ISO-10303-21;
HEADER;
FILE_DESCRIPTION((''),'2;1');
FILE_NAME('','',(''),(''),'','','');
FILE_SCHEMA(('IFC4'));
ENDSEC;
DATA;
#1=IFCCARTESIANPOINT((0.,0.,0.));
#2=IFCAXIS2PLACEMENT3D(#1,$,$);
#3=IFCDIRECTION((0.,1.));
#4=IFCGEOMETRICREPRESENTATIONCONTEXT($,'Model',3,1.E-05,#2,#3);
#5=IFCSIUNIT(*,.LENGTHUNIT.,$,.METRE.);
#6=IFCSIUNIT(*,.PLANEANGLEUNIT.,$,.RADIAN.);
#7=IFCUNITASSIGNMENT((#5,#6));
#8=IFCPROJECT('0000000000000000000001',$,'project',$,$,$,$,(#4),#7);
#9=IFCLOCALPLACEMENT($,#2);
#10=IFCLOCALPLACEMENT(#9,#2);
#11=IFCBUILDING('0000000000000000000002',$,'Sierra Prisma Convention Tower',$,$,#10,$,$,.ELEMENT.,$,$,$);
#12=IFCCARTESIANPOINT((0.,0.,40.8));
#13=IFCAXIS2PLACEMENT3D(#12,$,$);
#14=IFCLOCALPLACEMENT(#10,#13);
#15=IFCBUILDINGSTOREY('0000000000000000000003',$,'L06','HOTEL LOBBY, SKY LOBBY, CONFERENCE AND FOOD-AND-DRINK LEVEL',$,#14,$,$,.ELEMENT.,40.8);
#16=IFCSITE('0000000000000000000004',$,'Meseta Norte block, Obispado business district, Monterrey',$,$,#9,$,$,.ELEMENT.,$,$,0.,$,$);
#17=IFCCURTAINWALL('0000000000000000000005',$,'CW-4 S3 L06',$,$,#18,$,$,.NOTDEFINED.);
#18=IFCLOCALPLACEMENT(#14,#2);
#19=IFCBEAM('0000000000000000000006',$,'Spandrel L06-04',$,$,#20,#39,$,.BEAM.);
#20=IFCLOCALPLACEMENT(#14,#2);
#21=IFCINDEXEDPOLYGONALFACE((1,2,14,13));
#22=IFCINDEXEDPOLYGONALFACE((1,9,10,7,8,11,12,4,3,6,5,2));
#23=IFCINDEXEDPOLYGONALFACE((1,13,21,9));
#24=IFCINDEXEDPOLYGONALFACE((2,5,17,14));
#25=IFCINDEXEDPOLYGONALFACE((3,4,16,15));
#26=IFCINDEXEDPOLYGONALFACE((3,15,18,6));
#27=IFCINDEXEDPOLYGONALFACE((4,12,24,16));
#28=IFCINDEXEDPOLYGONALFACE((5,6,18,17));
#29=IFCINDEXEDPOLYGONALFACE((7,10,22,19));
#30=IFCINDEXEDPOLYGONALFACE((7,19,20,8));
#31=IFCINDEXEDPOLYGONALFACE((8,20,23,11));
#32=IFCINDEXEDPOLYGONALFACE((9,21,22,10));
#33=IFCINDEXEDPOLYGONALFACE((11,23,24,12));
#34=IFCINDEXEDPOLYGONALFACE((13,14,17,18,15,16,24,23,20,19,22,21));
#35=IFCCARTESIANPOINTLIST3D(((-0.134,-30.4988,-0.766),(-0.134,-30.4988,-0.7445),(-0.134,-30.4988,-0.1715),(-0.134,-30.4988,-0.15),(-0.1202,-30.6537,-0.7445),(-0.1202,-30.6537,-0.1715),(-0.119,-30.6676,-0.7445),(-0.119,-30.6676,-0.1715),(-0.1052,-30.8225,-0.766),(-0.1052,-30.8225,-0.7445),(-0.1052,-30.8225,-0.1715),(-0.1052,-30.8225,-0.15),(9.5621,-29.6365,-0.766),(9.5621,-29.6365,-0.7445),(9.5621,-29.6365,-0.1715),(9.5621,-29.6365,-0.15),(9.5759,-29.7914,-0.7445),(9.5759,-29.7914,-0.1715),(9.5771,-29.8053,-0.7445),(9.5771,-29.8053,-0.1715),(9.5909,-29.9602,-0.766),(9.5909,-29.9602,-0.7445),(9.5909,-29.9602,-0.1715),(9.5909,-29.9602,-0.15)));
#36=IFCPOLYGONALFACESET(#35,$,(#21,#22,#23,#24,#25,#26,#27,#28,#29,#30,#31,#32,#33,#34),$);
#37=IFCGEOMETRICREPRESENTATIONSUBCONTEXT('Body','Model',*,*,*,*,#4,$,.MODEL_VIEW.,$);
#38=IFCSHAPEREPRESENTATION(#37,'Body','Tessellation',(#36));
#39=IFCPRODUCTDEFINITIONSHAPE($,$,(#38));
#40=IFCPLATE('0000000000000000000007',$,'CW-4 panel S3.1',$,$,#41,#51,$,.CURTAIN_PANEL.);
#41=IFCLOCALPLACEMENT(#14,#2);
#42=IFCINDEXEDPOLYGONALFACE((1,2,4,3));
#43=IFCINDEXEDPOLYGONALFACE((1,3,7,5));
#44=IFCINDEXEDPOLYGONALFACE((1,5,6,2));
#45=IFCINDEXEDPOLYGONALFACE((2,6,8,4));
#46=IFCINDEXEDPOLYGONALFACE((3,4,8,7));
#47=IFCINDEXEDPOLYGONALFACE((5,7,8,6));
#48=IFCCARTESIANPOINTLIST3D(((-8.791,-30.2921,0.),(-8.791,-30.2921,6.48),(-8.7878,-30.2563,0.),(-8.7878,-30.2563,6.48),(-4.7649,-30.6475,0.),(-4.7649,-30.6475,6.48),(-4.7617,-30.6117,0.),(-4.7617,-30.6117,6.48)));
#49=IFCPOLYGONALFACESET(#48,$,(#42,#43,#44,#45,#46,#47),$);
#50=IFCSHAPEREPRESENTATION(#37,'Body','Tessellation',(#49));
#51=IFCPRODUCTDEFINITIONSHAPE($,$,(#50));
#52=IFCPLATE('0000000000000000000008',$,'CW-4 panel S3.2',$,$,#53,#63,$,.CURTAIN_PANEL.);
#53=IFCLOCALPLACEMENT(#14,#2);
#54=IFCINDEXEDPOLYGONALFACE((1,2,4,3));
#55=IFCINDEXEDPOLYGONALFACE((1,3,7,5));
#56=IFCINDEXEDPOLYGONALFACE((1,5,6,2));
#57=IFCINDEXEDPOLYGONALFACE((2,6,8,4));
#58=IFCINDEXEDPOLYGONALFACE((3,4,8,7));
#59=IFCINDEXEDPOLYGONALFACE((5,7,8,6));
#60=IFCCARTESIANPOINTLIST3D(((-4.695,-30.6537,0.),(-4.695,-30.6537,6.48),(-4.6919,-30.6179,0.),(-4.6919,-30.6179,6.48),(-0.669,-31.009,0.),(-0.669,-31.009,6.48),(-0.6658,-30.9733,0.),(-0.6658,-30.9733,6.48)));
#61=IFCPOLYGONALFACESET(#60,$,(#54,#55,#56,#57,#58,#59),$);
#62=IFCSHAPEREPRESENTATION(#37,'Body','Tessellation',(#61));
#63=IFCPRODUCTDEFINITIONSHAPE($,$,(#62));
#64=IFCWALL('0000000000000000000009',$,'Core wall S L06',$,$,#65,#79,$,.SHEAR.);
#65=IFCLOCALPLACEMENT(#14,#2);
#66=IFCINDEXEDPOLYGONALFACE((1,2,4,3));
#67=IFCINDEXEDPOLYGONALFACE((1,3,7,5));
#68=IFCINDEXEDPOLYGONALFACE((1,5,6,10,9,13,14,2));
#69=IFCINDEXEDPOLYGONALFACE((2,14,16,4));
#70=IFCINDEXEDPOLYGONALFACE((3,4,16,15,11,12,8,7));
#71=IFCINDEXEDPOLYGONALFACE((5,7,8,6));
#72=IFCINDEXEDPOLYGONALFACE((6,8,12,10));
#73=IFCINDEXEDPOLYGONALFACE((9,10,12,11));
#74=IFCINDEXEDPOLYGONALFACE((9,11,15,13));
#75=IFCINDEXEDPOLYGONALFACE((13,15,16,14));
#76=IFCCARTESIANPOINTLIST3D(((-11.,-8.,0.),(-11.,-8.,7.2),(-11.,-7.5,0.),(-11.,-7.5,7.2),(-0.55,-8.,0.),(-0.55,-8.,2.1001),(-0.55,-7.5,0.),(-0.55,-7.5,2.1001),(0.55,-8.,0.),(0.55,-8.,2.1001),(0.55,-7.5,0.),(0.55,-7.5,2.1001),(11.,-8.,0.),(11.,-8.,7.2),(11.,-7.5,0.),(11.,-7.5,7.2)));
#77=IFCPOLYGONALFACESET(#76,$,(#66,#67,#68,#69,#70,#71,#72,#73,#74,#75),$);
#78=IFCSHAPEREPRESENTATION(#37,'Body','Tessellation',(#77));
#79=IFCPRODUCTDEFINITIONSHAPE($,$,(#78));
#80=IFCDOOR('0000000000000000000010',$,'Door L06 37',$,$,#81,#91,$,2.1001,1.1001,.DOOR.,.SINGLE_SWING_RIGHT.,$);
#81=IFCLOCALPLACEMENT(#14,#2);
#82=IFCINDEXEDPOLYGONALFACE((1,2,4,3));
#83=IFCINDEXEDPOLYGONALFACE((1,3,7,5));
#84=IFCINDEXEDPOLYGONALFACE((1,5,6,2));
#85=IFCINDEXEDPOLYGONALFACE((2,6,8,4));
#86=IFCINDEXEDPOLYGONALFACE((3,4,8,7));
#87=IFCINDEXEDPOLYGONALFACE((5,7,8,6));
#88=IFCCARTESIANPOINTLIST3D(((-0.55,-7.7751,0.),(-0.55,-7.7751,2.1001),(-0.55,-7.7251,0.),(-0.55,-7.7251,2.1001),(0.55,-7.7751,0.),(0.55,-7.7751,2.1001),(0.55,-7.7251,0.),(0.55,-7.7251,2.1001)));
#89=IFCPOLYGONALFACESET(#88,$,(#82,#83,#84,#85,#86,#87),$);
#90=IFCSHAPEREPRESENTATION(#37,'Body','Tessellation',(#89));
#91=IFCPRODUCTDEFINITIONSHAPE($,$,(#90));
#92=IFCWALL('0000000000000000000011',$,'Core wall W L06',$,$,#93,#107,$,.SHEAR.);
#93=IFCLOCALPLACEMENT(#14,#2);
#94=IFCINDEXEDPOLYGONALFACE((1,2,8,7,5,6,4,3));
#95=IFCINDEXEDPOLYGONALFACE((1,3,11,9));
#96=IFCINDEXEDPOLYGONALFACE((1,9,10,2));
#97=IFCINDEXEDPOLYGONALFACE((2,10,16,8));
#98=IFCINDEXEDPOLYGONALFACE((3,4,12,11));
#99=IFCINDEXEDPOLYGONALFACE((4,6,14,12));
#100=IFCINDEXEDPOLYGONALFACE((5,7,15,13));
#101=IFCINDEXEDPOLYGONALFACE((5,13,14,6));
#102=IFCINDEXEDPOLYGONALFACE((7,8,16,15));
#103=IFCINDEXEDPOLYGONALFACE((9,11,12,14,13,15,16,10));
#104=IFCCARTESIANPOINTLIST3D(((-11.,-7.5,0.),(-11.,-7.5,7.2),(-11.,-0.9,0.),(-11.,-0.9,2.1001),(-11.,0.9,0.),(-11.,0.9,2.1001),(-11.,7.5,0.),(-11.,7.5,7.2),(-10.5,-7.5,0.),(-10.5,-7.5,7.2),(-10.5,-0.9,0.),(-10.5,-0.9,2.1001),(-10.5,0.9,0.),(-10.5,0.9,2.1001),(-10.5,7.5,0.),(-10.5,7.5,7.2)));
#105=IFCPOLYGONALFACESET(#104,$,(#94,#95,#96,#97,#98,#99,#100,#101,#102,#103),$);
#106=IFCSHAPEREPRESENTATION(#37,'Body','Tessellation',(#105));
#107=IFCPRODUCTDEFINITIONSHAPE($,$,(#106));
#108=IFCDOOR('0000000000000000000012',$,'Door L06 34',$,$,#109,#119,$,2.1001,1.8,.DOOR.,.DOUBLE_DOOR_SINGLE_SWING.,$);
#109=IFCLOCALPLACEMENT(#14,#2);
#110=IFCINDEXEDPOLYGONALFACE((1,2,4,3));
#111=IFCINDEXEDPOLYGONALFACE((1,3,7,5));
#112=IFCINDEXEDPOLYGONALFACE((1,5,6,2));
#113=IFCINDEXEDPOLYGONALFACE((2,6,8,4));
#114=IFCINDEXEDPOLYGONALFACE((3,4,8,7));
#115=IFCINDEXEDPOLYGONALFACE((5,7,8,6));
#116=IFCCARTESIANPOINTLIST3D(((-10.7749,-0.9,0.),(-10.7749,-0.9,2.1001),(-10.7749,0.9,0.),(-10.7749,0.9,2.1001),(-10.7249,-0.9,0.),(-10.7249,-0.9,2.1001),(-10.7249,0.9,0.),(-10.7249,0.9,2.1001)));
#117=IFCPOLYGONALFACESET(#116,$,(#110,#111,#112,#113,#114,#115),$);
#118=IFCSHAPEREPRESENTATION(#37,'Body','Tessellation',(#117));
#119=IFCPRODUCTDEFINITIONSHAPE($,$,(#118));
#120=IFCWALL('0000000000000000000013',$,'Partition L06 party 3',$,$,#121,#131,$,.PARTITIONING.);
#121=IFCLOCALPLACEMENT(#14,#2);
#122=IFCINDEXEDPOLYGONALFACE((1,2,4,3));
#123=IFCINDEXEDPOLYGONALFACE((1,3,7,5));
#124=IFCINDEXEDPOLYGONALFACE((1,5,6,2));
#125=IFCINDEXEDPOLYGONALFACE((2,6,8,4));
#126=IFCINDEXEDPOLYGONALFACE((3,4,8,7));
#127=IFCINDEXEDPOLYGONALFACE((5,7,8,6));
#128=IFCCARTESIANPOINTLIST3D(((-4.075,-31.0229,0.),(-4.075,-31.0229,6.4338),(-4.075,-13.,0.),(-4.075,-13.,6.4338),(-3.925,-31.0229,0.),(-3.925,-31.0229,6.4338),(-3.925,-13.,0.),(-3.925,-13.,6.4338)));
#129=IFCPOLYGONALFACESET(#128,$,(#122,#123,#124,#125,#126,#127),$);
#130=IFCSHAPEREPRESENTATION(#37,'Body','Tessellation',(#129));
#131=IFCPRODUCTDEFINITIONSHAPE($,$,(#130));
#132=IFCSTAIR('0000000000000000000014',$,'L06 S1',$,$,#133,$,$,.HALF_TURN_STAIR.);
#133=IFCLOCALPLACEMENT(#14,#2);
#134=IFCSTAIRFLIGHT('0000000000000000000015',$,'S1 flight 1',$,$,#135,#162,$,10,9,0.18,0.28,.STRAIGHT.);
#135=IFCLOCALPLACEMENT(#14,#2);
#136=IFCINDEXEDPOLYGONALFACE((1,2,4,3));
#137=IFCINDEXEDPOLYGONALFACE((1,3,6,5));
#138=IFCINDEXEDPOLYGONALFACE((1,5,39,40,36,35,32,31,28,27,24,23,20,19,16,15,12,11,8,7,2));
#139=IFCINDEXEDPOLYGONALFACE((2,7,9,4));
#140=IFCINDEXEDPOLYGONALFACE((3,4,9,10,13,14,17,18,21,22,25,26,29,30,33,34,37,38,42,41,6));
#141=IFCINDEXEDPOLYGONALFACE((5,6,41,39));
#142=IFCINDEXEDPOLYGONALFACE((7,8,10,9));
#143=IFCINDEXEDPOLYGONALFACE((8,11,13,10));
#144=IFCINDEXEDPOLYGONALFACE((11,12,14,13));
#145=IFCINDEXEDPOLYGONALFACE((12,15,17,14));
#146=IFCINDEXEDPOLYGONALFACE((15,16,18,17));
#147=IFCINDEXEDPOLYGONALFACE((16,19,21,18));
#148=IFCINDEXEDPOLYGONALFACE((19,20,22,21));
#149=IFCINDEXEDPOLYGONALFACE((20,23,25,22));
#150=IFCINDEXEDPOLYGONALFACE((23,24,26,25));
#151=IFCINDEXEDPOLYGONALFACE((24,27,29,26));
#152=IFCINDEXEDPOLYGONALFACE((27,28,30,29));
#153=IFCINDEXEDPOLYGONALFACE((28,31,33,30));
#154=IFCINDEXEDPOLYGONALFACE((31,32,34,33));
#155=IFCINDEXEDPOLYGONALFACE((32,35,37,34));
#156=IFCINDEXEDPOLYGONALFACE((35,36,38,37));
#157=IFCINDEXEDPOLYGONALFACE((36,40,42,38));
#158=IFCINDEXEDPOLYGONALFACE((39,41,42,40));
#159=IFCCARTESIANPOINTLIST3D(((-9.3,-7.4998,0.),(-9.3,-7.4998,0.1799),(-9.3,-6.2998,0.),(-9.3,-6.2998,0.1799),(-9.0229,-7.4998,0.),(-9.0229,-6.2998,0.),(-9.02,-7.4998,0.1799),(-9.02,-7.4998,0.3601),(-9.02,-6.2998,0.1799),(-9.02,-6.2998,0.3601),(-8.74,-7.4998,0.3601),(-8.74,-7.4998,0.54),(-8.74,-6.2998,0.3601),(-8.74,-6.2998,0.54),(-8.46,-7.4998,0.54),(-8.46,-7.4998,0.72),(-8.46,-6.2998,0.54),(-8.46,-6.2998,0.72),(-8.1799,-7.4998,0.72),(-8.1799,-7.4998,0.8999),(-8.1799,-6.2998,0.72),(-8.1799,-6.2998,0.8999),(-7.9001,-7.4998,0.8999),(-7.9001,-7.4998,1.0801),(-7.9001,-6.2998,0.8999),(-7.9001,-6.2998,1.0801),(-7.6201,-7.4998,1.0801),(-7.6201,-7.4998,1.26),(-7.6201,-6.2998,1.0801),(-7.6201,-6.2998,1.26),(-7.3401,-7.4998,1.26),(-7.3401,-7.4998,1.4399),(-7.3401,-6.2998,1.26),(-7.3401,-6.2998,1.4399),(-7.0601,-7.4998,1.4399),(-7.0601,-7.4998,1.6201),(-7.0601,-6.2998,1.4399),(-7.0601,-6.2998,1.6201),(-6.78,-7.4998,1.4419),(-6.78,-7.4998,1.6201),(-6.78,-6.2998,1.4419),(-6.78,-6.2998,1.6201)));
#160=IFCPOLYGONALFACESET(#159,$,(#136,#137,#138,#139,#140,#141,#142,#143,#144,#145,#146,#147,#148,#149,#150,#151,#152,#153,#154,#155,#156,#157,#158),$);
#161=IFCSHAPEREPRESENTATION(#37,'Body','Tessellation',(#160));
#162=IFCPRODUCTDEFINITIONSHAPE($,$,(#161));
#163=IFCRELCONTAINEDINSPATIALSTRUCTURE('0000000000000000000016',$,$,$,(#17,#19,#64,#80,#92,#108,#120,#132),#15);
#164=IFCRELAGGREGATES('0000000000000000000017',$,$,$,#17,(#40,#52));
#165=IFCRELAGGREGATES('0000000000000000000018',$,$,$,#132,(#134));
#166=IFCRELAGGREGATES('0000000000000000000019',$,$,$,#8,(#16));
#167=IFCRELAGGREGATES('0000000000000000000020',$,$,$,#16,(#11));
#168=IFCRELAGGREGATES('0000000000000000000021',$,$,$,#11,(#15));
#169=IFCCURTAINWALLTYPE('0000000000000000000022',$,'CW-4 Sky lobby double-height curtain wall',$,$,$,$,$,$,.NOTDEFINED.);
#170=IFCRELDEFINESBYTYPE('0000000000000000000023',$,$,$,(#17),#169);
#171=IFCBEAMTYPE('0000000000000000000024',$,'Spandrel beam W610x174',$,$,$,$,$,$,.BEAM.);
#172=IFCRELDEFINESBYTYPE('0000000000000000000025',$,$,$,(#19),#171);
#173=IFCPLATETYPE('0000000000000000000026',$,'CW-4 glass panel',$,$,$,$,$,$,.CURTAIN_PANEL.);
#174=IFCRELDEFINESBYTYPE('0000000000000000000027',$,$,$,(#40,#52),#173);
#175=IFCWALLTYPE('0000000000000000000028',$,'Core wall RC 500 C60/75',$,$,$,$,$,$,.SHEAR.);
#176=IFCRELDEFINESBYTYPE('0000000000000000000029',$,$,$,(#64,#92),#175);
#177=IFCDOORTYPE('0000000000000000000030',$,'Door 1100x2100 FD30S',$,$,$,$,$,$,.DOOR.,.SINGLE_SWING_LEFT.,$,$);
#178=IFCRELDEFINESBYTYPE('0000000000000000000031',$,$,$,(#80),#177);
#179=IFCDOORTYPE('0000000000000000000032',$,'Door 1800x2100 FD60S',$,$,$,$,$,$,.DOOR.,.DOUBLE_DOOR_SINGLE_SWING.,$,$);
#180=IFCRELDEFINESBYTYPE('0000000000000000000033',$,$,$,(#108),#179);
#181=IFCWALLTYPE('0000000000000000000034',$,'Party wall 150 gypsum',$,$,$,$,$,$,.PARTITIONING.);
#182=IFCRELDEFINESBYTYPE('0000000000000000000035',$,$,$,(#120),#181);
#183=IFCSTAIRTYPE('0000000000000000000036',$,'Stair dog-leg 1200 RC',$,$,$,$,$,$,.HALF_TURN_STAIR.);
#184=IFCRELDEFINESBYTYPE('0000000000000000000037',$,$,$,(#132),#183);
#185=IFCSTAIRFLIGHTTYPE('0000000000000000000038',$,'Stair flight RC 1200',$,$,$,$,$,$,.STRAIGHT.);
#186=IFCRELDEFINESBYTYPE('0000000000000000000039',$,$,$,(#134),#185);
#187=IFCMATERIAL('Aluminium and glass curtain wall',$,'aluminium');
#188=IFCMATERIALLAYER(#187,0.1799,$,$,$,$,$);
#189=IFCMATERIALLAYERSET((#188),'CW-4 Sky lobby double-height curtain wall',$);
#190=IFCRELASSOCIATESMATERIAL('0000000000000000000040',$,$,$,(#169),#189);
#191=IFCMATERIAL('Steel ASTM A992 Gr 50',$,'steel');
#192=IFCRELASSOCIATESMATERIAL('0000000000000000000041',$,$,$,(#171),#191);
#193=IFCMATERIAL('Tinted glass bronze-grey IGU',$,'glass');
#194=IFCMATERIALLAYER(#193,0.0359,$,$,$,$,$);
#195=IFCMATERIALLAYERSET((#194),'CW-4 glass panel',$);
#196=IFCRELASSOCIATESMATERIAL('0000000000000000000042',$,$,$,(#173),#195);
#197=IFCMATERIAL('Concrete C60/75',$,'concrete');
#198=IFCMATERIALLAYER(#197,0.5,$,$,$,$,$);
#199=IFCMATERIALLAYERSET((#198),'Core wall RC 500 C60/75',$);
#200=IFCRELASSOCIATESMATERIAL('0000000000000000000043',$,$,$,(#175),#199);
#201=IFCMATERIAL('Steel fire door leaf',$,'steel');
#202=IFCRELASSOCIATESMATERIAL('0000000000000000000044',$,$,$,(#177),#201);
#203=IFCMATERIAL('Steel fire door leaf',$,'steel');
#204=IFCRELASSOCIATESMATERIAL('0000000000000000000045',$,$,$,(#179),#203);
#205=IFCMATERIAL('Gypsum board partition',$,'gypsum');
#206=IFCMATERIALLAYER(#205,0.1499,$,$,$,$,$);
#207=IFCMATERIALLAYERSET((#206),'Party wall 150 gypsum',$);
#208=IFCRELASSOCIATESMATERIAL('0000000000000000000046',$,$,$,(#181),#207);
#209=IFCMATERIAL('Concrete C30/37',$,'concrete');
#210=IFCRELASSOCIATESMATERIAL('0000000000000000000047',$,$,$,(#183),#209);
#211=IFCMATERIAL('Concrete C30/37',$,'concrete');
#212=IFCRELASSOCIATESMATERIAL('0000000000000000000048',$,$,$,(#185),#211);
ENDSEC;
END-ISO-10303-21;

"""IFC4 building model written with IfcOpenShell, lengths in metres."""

from ifc_helpers import new_model, si_unit, direction, frame, frame_2d, origin, origin_2d, place, context, subcontext, project, spatial, polyline, rectangle, i_section, outline, extrude, material, layer, layer_set, material_profile, profile_set, type_object, element, fill, aggregate, save


model = new_model("IFC4")

# Units and contexts
model_context = context("Model", 3, precision=1e-05, world=origin(), true_north=direction((0.0, 1.0)))
body_context = subcontext(model_context, "Body", "Model", "MODEL_VIEW")
ifc_project = project(units=[si_unit("LENGTHUNIT", "METRE"), si_unit("PLANEANGLEUNIT", "RADIAN")], contexts=[model_context])

# Site, building, storey
site_placement = place(None, origin())
site = spatial("IfcSite", under=ifc_project, at=site_placement, Name="Meseta Norte block, Obispado business district, Monterrey", CompositionType="ELEMENT", RefElevation=0.0)
building_placement = place(site_placement, origin())
building = spatial("IfcBuilding", under=site, at=building_placement, Name="Sierra Prisma Convention Tower", CompositionType="ELEMENT")
storey_placement = place(building_placement, frame((0.0, 0.0, 40.8)))
storey = spatial("IfcBuildingStorey", under=building, at=storey_placement, Name="L06", Description="HOTEL LOBBY, SKY LOBBY, CONFERENCE AND FOOD-AND-DRINK LEVEL", CompositionType="ELEMENT", Elevation=40.8)

# Shared definitions
ifc_material_1 = material(Name="Aluminium and glass curtain wall", Category="aluminium")
ifc_layer_1 = layer(ifc_material_1, 0.1799)
ifc_layer_set_1 = layer_set([ifc_layer_1], Name="CW-4 Sky lobby double-height curtain wall")
curtain_wall_type = type_object("IfcCurtainWallType", Name="CW-4 Sky lobby double-height curtain wall", PredefinedType="NOTDEFINED", material=ifc_layer_set_1)

# Curtain wall
curtain_wall_1_placement = place(storey_placement, origin())
curtain_wall_1 = element("IfcCurtainWall", 1, at=curtain_wall_1_placement, inside=storey, type_object=curtain_wall_type, Name="CW-4 S3 L06", PredefinedType="NOTDEFINED")

# Beam
ifc_material_2 = material(Name="Steel ASTM A992 Gr 50", Category="steel")
ifc_material_profile_1 = material_profile(ifc_material_2, i_section(OverallWidth=0.325, OverallDepth=0.616, WebThickness=0.0139, FlangeThickness=0.0215, at=origin_2d()), Name="W610x174")
ifc_profile_set_1 = profile_set([ifc_material_profile_1], Name="Steel ASTM A992 Gr 50")
beam_type_1 = type_object("IfcBeamType", Name="Spandrel beam W610x174", PredefinedType="BEAM", material=ifc_profile_set_1)
for number, where, z_axis, x_axis, name in (
    (2, (-0.1196, -30.6606, -0.458), (0.996069, 0.088584, 0.0), (-0.088584, 0.996069, 0.0), "Spandrel L06-04"),
):
    element("IfcBeam", number, at=place(storey_placement, frame(where, z_axis=z_axis, x_axis=x_axis)), inside=storey, type_object=beam_type_1, Name=name, PredefinedType="BEAM", context=body_context, shape_type="SweptSolid", body=[
        extrude(i_section(OverallWidth=0.325, OverallDepth=0.616, WebThickness=0.0139, FlangeThickness=0.0215, at=origin_2d()), origin(), (0.0, 0.0, 1.0), 9.7344),
    ])

# Plates
ifc_material_3 = material(Name="Tinted glass bronze-grey IGU", Category="glass")
ifc_layer_2 = layer(ifc_material_3, 0.0359)
ifc_layer_set_2 = layer_set([ifc_layer_2], Name="CW-4 glass panel")
plate_type = type_object("IfcPlateType", Name="CW-4 glass panel", PredefinedType="CURTAIN_PANEL", material=ifc_layer_set_2)
plate_1_placement = place(storey_placement, frame((-6.7764, -30.4519, 0.0), z_axis=(0.0, 0.0, 1.0), x_axis=(0.996127, -0.087926, 0.0)))
plate_1 = element("IfcPlate", 3, at=plate_1_placement, type_object=plate_type, Name="CW-4 panel S3.1", PredefinedType="CURTAIN_PANEL", context=body_context, shape_type="SweptSolid", body=[
    extrude(rectangle(XDim=4.0417, YDim=0.0359, at=origin_2d()), origin(), (0.0, 0.0, 1.0), 6.48),
])
plate_2_placement = place(storey_placement, frame((-2.6804, -30.8135, 0.0), z_axis=(0.0, 0.0, 1.0), x_axis=(0.996127, -0.087926, 0.0)))
plate_2 = element("IfcPlate", 4, at=plate_2_placement, type_object=plate_type, Name="CW-4 panel S3.2", PredefinedType="CURTAIN_PANEL", context=body_context, shape_type="SweptSolid", body=[
    extrude(rectangle(XDim=4.0417, YDim=0.0359, at=origin_2d()), origin(), (0.0, 0.0, 1.0), 6.48),
])
aggregate(curtain_wall_1, [plate_1, plate_2])

# Walls, openings, doors
ifc_material_4 = material(Name="Concrete C60/75", Category="concrete")
ifc_layer_3 = layer(ifc_material_4, 0.5)
ifc_layer_set_3 = layer_set([ifc_layer_3], Name="Core wall RC 500 C60/75")
wall_type_1 = type_object("IfcWallType", Name="Core wall RC 500 C60/75", PredefinedType="SHEAR", material=ifc_layer_set_3)
wall_1_placement = place(storey_placement, frame((-11.0, -7.75, 0.0), z_axis=(0.0, 0.0, 1.0), x_axis=(1.0, 0.0, 0.0)))
wall_1 = element("IfcWall", 5, at=wall_1_placement, inside=storey, type_object=wall_type_1, Name="Core wall S L06", PredefinedType="SHEAR", context=body_context, shape_type="SweptSolid", body=[
    extrude(rectangle(XDim=22.0, YDim=0.5, at=frame_2d((11.0, 0.0))), origin(), (0.0, 0.0, 1.0), 7.2),
])
opening_1_placement = place(wall_1_placement, frame((10.45, 0.0, 0.0)))
opening_1 = element("IfcOpeningElement", 6, at=opening_1_placement, cuts=wall_1, PredefinedType="OPENING", context=body_context, shape_type="SweptSolid", body=[
    extrude(rectangle(XDim=1.1001, YDim=2.1001, at=frame_2d((0.55, 1.05))), frame((0.0, 0.25, 0.0), z_axis=(0.0, -1.0, 0.0), x_axis=(1.0, 0.0, 0.0)), (0.0, 0.0, 1.0), 0.5),
])
ifc_material_5 = material(Name="Steel fire door leaf", Category="steel")
door_type_1 = type_object("IfcDoorType", Name="Door 1100x2100 FD30S", OperationType="SINGLE_SWING_LEFT", PredefinedType="DOOR", material=ifc_material_5)
door_1_placement = place(opening_1_placement, origin())
door_1 = element("IfcDoor", 7, at=door_1_placement, inside=storey, type_object=door_type_1, Name="Door L06 37", OperationType="SINGLE_SWING_RIGHT", OverallHeight=2.1001, OverallWidth=1.1001, PredefinedType="DOOR", context=body_context, shape_type="SweptSolid", body=[
    extrude(rectangle(XDim=1.1001, YDim=2.1001, at=frame_2d((0.55, 1.05))), frame((0.0, 0.0249, 0.0), z_axis=(0.0, -1.0, 0.0), x_axis=(1.0, 0.0, 0.0)), (0.0, 0.0, 1.0), 0.05),
])
fill(opening_1, door_1)
wall_2_placement = place(storey_placement, frame((-10.75, -7.5, 0.0), z_axis=(0.0, 0.0, 1.0), x_axis=(0.0, 1.0, 0.0)))
wall_2 = element("IfcWall", 8, at=wall_2_placement, inside=storey, type_object=wall_type_1, Name="Core wall W L06", PredefinedType="SHEAR", context=body_context, shape_type="SweptSolid", body=[
    extrude(rectangle(XDim=15.0, YDim=0.5, at=frame_2d((7.5, 0.0))), origin(), (0.0, 0.0, 1.0), 7.2),
])
opening_2_placement = place(wall_2_placement, frame((6.6001, 0.0, 0.0)))
opening_2 = element("IfcOpeningElement", 9, at=opening_2_placement, cuts=wall_2, PredefinedType="OPENING", context=body_context, shape_type="SweptSolid", body=[
    extrude(rectangle(XDim=1.8, YDim=2.1001, at=frame_2d((0.8999, 1.05))), frame((0.0, 0.25, 0.0), z_axis=(0.0, -1.0, 0.0), x_axis=(1.0, 0.0, 0.0)), (0.0, 0.0, 1.0), 0.5),
])
ifc_material_6 = material(Name="Steel fire door leaf", Category="steel")
door_type_2 = type_object("IfcDoorType", Name="Door 1800x2100 FD60S", OperationType="DOUBLE_DOOR_SINGLE_SWING", PredefinedType="DOOR", material=ifc_material_6)
door_2_placement = place(opening_2_placement, origin())
door_2 = element("IfcDoor", 10, at=door_2_placement, inside=storey, type_object=door_type_2, Name="Door L06 34", OperationType="DOUBLE_DOOR_SINGLE_SWING", OverallHeight=2.1001, OverallWidth=1.8, PredefinedType="DOOR", context=body_context, shape_type="SweptSolid", body=[
    extrude(rectangle(XDim=1.8, YDim=2.1001, at=frame_2d((0.8999, 1.05))), frame((0.0, 0.0249, 0.0), z_axis=(0.0, -1.0, 0.0), x_axis=(1.0, 0.0, 0.0)), (0.0, 0.0, 1.0), 0.05),
])
fill(opening_2, door_2)

# Wall
ifc_material_7 = material(Name="Gypsum board partition", Category="gypsum")
ifc_layer_4 = layer(ifc_material_7, 0.1499)
ifc_layer_set_4 = layer_set([ifc_layer_4], Name="Party wall 150 gypsum")
wall_type_2 = type_object("IfcWallType", Name="Party wall 150 gypsum", PredefinedType="PARTITIONING", material=ifc_layer_set_4)
wall_3_placement = place(storey_placement, frame((-4.0, -13.0, 0.0), z_axis=(0.0, 0.0, 1.0), x_axis=(0.0, -1.0, 0.0)))
element("IfcWall", 11, at=wall_3_placement, inside=storey, type_object=wall_type_2, Name="Partition L06 party 3", PredefinedType="PARTITIONING", context=body_context, shape_type="SweptSolid", body=[
    extrude(rectangle(XDim=18.0229, YDim=0.1499, at=frame_2d((9.0115, 0.0))), origin(), (0.0, 0.0, 1.0), 6.4338),
])

# Stair, stair flight
ifc_material_8 = material(Name="Concrete C30/37", Category="concrete")
stair_type = type_object("IfcStairType", Name="Stair dog-leg 1200 RC", PredefinedType="HALF_TURN_STAIR", material=ifc_material_8)
stair_placement = place(storey_placement, origin())
stair = element("IfcStair", 12, at=stair_placement, inside=storey, type_object=stair_type, Name="L06 S1", PredefinedType="HALF_TURN_STAIR")
ifc_material_9 = material(Name="Concrete C30/37", Category="concrete")
stair_flight_type = type_object("IfcStairFlightType", Name="Stair flight RC 1200", PredefinedType="STRAIGHT", material=ifc_material_9)
stair_flight_1_placement = place(storey_placement, frame((-9.3, -6.8999, 0.0), z_axis=(0.0, 0.0, 1.0), x_axis=(1.0, 0.0, 0.0)))
stair_flight_1 = element("IfcStairFlight", 13, at=stair_flight_1_placement, type_object=stair_flight_type, Name="S1 flight 1", NumberOfRisers=10, NumberOfTreads=9, PredefinedType="STRAIGHT", RiserHeight=0.18, TreadLength=0.28, context=body_context, shape_type="SweptSolid", body=[
    extrude(outline(polyline([(0.0, 0.0), (0.0, 0.1799), (0.28, 0.1799), (0.28, 0.3601), (0.5601, 0.3601), (0.5601, 0.54), (0.8401, 0.54), (0.8401, 0.72), (1.1201, 0.72), (1.1201, 0.8999), (1.3999, 0.8999), (1.3999, 1.0801), (1.6799, 1.0801), (1.6799, 1.26), (1.96, 1.26), (1.96, 1.4399), (2.24, 1.4399), (2.24, 1.6201), (2.52, 1.6201), (2.52, 1.8), (2.52, 1.4419), (0.2771, 0.0), (0.0, 0.0)])), frame((0.0, 0.6001, 0.0), z_axis=(0.0, -1.0, 0.0), x_axis=(1.0, 0.0, 0.0)), (0.0, 0.0, 1.0), 1.2),
])
aggregate(stair, [stair_flight_1])

save(model, "model.ifc")
